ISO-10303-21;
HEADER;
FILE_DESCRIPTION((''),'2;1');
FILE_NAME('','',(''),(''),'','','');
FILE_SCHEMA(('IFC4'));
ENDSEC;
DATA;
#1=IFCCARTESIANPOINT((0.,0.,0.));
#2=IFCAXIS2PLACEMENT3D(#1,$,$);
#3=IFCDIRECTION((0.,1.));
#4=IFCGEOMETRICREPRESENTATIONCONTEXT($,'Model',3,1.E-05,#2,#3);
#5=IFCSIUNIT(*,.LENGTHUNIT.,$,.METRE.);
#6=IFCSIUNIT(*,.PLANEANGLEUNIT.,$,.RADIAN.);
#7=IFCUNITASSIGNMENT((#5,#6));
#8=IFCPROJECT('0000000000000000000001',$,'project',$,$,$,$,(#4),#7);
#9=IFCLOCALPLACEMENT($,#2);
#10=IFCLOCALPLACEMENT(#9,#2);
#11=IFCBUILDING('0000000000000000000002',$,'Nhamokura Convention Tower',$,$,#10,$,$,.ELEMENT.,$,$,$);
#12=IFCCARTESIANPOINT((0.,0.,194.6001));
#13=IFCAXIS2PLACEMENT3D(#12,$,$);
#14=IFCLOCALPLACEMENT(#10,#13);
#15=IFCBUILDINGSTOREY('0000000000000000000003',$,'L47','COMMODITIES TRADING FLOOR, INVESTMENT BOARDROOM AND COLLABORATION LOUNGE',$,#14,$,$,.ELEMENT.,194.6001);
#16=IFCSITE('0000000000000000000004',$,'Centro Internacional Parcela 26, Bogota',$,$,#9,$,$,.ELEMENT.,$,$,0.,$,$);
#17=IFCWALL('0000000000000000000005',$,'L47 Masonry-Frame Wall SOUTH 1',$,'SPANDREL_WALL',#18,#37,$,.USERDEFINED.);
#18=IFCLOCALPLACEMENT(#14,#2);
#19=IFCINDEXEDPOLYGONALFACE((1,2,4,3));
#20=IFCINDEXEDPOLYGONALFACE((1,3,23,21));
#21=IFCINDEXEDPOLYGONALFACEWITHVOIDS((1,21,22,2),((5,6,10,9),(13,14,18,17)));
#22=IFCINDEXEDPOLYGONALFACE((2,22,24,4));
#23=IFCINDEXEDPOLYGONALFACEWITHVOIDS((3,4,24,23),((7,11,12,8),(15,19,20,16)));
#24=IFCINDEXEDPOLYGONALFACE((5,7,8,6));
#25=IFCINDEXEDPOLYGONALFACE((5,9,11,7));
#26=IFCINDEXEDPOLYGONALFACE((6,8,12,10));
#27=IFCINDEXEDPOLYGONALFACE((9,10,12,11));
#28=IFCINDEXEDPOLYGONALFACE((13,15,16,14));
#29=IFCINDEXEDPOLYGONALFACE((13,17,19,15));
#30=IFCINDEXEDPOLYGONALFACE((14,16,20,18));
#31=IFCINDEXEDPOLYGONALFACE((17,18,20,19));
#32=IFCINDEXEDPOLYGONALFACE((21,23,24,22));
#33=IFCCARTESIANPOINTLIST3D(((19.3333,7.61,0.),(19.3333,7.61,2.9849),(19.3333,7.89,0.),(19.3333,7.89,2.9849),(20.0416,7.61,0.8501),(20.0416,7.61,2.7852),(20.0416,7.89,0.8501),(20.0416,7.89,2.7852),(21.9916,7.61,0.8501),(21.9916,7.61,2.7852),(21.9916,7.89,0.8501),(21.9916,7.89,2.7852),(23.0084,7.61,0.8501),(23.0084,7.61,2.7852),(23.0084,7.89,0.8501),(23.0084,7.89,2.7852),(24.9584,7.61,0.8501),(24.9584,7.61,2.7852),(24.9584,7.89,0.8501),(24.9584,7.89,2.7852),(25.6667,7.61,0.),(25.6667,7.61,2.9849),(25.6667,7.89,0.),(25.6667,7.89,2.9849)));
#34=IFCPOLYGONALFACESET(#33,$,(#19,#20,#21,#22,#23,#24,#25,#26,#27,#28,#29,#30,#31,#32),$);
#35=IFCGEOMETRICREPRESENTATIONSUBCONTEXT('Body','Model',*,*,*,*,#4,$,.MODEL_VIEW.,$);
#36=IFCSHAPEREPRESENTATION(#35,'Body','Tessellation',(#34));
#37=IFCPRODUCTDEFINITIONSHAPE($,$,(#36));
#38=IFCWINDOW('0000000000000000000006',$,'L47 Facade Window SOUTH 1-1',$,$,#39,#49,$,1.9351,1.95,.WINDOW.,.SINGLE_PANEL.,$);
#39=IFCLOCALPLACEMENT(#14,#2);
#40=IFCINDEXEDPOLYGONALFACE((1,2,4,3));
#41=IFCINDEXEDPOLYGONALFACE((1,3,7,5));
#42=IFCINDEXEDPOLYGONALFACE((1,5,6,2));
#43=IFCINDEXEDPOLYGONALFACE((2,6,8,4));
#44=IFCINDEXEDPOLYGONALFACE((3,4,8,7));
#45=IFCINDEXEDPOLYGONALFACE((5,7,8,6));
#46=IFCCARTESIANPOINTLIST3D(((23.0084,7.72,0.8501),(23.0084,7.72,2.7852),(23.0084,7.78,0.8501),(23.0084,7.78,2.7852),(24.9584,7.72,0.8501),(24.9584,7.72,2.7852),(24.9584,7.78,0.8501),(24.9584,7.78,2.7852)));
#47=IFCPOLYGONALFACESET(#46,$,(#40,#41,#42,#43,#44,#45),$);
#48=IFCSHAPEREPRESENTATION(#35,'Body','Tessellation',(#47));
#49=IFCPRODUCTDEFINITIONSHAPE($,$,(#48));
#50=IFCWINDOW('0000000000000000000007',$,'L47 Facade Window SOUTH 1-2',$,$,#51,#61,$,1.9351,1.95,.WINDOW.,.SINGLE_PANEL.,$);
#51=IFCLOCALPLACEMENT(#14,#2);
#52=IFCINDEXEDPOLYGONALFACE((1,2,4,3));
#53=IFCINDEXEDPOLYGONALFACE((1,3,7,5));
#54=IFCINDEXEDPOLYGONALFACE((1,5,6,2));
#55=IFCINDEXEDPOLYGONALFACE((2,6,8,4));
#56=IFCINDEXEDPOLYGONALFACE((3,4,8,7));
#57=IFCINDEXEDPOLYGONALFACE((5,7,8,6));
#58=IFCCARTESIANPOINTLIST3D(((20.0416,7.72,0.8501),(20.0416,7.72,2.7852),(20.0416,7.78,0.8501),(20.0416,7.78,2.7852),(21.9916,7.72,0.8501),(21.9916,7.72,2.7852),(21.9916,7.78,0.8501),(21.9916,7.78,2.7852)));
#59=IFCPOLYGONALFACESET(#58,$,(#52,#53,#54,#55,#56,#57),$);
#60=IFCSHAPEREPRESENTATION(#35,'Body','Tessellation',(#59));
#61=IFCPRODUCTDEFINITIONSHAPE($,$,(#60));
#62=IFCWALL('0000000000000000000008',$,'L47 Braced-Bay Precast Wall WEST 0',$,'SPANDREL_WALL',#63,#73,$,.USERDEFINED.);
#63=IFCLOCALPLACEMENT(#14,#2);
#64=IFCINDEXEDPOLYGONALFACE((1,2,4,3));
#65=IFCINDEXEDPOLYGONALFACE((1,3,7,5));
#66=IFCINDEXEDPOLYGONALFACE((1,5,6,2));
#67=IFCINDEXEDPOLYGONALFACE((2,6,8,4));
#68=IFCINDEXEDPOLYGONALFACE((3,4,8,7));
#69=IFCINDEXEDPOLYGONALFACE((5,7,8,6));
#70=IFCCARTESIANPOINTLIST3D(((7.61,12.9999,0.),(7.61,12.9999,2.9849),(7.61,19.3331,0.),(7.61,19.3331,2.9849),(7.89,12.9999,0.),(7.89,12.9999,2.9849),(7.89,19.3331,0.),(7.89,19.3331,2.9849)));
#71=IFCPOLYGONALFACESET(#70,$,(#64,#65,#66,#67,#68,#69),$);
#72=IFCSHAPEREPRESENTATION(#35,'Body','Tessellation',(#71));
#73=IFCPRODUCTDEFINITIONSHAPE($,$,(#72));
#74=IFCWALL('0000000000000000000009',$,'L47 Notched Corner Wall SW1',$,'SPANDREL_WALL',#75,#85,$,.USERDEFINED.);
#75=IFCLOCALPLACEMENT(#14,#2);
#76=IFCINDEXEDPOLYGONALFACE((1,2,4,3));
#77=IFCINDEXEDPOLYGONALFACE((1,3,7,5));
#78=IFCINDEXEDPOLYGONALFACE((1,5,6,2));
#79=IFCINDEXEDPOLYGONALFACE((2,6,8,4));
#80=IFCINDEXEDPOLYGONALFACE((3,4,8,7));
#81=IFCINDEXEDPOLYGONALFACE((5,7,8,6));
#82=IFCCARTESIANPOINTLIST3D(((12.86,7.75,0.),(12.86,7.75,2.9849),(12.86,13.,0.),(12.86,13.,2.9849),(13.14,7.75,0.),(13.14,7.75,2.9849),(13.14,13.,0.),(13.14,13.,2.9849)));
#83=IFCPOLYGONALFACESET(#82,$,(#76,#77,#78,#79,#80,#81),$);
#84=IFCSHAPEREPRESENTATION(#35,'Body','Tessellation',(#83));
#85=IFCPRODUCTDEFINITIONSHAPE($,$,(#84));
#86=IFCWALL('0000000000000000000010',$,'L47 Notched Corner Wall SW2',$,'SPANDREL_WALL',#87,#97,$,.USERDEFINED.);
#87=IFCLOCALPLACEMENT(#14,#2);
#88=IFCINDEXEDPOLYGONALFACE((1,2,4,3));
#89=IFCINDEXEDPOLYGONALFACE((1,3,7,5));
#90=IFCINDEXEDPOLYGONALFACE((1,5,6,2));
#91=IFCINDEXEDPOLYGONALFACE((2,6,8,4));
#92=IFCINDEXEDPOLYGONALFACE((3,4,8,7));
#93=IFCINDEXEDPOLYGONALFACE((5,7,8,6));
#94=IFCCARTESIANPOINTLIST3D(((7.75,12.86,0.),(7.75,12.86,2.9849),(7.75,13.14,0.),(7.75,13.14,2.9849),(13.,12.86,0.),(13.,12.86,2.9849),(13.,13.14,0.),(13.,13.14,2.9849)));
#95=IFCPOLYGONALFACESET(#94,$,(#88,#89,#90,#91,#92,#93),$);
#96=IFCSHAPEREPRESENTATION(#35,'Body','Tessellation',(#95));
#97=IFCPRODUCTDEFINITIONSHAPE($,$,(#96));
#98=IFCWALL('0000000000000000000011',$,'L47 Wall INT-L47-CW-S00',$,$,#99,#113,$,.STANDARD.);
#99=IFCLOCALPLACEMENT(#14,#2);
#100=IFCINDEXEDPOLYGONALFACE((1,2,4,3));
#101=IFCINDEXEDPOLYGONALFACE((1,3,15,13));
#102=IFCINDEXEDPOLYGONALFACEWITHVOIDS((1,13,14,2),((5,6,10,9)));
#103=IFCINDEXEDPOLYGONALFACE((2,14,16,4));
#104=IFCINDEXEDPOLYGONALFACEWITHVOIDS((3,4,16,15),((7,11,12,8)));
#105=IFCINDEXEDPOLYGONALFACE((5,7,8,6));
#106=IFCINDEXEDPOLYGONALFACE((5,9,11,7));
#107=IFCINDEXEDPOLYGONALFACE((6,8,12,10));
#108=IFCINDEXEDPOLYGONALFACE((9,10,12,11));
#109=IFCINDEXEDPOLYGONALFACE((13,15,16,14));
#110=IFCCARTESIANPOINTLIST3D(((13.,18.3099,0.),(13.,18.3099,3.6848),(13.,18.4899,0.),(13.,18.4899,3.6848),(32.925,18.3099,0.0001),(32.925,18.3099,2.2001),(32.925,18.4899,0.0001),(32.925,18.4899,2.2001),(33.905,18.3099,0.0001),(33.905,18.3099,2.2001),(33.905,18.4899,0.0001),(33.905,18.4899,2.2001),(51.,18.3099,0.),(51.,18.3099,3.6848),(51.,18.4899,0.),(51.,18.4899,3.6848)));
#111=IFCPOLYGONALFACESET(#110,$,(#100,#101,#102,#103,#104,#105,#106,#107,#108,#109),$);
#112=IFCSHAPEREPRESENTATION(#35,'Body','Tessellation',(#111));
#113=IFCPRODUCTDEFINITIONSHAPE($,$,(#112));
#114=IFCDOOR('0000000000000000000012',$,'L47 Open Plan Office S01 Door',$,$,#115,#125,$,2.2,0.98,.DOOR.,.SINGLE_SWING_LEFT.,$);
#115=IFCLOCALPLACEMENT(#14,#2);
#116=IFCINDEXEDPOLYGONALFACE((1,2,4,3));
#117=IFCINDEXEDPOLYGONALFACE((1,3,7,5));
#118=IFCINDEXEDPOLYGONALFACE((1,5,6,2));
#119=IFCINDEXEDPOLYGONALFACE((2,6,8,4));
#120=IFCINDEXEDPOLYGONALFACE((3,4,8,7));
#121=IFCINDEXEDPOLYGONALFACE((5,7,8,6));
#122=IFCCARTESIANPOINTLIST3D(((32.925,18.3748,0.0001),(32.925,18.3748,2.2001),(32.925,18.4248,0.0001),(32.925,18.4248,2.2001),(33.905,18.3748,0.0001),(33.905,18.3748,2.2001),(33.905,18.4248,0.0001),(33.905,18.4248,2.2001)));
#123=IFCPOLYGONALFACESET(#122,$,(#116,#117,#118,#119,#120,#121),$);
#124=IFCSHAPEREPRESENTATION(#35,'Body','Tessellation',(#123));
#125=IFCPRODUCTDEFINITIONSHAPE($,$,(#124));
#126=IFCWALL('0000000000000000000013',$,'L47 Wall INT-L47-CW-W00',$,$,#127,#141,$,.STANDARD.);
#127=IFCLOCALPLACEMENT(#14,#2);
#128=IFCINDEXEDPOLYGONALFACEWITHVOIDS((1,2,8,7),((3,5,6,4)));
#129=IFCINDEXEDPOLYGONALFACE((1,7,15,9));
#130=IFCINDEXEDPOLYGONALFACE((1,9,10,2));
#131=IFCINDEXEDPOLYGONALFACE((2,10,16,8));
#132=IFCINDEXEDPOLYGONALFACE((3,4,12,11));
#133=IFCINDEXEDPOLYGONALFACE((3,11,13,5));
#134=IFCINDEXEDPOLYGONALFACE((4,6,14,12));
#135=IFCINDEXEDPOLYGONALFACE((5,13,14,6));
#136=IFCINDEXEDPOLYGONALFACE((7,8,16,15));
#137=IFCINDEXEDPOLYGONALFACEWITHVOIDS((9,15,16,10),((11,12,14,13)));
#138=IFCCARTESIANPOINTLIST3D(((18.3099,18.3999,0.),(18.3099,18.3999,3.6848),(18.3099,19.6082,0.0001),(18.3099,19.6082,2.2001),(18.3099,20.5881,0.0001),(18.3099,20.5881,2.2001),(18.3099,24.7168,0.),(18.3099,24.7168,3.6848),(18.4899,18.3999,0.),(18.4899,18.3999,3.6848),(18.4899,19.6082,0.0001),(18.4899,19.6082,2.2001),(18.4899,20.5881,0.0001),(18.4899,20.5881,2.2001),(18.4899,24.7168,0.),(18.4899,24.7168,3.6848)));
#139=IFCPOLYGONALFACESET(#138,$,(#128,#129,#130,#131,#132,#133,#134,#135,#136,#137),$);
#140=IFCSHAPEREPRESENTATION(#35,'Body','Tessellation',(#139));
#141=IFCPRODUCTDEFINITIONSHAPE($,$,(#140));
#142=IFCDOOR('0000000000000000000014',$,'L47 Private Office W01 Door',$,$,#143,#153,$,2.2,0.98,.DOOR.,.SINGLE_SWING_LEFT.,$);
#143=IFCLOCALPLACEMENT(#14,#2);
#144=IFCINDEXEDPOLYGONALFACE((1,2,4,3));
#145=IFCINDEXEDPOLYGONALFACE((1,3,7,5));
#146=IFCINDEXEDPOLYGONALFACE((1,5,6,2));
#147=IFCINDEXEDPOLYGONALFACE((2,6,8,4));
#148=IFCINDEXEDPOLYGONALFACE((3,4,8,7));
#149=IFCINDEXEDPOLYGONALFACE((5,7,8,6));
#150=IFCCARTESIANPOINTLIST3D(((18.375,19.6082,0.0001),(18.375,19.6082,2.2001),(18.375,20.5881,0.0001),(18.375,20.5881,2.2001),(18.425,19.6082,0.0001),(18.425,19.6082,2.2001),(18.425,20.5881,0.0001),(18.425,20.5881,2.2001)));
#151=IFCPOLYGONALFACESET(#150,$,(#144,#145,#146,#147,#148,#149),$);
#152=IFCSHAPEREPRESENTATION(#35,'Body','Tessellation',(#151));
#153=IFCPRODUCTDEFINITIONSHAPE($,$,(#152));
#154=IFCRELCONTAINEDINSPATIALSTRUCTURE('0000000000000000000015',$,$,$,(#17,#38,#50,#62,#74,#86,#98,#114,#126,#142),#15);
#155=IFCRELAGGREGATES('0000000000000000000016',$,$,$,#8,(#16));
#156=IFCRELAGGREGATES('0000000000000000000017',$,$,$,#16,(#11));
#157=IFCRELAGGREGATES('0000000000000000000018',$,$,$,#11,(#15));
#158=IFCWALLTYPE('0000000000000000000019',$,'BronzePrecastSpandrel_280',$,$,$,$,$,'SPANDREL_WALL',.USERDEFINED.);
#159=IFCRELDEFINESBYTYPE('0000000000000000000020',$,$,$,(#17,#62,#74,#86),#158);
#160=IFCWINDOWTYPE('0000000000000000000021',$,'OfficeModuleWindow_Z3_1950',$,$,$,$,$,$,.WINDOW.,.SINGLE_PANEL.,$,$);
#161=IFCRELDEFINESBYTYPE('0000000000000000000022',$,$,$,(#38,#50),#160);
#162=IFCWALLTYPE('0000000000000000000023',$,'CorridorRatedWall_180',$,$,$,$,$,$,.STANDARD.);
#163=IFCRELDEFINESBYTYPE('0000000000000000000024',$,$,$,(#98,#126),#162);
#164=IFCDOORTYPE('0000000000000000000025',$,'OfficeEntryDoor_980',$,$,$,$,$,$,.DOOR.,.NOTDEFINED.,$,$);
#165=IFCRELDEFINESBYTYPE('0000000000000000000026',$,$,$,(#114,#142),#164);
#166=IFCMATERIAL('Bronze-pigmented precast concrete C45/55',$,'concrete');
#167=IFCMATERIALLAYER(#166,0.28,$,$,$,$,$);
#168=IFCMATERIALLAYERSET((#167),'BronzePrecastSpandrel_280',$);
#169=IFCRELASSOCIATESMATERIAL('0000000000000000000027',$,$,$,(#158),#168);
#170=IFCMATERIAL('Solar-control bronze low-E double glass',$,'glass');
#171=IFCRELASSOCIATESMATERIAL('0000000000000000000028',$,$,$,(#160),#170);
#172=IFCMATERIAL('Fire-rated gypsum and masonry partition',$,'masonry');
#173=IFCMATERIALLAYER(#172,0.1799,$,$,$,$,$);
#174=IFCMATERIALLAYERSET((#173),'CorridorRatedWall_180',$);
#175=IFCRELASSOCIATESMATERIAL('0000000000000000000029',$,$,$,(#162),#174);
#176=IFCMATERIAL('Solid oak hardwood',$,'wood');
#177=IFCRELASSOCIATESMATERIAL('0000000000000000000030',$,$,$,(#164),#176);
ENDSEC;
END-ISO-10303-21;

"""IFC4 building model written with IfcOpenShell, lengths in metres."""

from ifc_helpers import new_model, si_unit, direction, frame, frame_2d, origin, place, context, subcontext, project, spatial, rectangle, extrude, material, layer, layer_set, type_object, element, fill, save


model = new_model("IFC4")

# Units and contexts
model_context = context("Model", 3, precision=1e-05, world=origin(), true_north=direction((0.0, 1.0)))
body_context = subcontext(model_context, "Body", "Model", "MODEL_VIEW")
ifc_project = project(units=[si_unit("LENGTHUNIT", "METRE"), si_unit("PLANEANGLEUNIT", "RADIAN")], contexts=[model_context])

# Site, building, storey
site_placement = place(None, origin())
site = spatial("IfcSite", under=ifc_project, at=site_placement, Name="Centro Internacional Parcela 26, Bogota", CompositionType="ELEMENT", RefElevation=0.0)
building_placement = place(site_placement, origin())
building = spatial("IfcBuilding", under=site, at=building_placement, Name="Nhamokura Convention Tower", CompositionType="ELEMENT")
storey_placement = place(building_placement, frame((0.0, 0.0, 194.6001)))
storey = spatial("IfcBuildingStorey", under=building, at=storey_placement, Name="L47", Description="COMMODITIES TRADING FLOOR, INVESTMENT BOARDROOM AND COLLABORATION LOUNGE", CompositionType="ELEMENT", Elevation=194.6001)

# Shared definitions
ifc_material_1 = material(Name="Bronze-pigmented precast concrete C45/55", Category="concrete")
ifc_layer_1 = layer(ifc_material_1, 0.28)
ifc_layer_set_1 = layer_set([ifc_layer_1], Name="BronzePrecastSpandrel_280")
wall_type_1 = type_object("IfcWallType", Name="BronzePrecastSpandrel_280", ElementType="SPANDREL_WALL", PredefinedType="USERDEFINED", material=ifc_layer_set_1)

# Wall, openings, windows
wall_1_placement = place(storey_placement, frame((25.6667, 7.75, 0.0), z_axis=(0.0, 0.0, 1.0), x_axis=(-1.0, 0.0, 0.0)))
wall_1 = element("IfcWall", 1, at=wall_1_placement, inside=storey, type_object=wall_type_1, Name="L47 Masonry-Frame Wall SOUTH 1", ObjectType="SPANDREL_WALL", PredefinedType="USERDEFINED", context=body_context, shape_type="SweptSolid", body=[
    extrude(rectangle(XDim=6.3335, YDim=0.28, at=frame_2d((3.1667, 0.0))), origin(), (0.0, 0.0, 1.0), 2.9849),
])
opening_1_placement = place(wall_1_placement, frame((0.7083, 0.0, 0.8501)))
opening_1 = element("IfcOpeningElement", 2, at=opening_1_placement, cuts=wall_1, PredefinedType="OPENING", context=body_context, shape_type="SweptSolid", body=[
    extrude(rectangle(XDim=1.95, YDim=1.9351, at=frame_2d((0.9751, 0.9675))), frame((0.0, 0.1499, 0.0), z_axis=(0.0, -1.0, 0.0), x_axis=(1.0, 0.0, 0.0)), (0.0, 0.0, 1.0), 0.3),
])
opening_2_placement = place(wall_1_placement, frame((3.675, 0.0, 0.8501)))
opening_2 = element("IfcOpeningElement", 3, at=opening_2_placement, cuts=wall_1, PredefinedType="OPENING", context=body_context, shape_type="SweptSolid", body=[
    extrude(rectangle(XDim=1.95, YDim=1.9351, at=frame_2d((0.9751, 0.9675))), frame((0.0, 0.1499, 0.0), z_axis=(0.0, -1.0, 0.0), x_axis=(1.0, 0.0, 0.0)), (0.0, 0.0, 1.0), 0.3),
])
ifc_material_2 = material(Name="Solar-control bronze low-E double glass", Category="glass")
window_type = type_object("IfcWindowType", Name="OfficeModuleWindow_Z3_1950", PartitioningType="SINGLE_PANEL", PredefinedType="WINDOW", material=ifc_material_2)
window_1_placement = place(opening_1_placement, origin())
window_1 = element("IfcWindow", 4, at=window_1_placement, inside=storey, type_object=window_type, Name="L47 Facade Window SOUTH 1-1", OverallHeight=1.9351, OverallWidth=1.95, PartitioningType="SINGLE_PANEL", PredefinedType="WINDOW", context=body_context, shape_type="SweptSolid", body=[
    extrude(rectangle(XDim=1.95, YDim=1.9351, at=frame_2d((0.9751, 0.9675))), frame((0.0, 0.03, 0.0), z_axis=(0.0, -1.0, 0.0), x_axis=(1.0, 0.0, 0.0)), (0.0, 0.0, 1.0), 0.0601),
])
fill(opening_1, window_1)
window_2_placement = place(opening_2_placement, origin())
window_2 = element("IfcWindow", 5, at=window_2_placement, inside=storey, type_object=window_type, Name="L47 Facade Window SOUTH 1-2", OverallHeight=1.9351, OverallWidth=1.95, PartitioningType="SINGLE_PANEL", PredefinedType="WINDOW", context=body_context, shape_type="SweptSolid", body=[
    extrude(rectangle(XDim=1.95, YDim=1.9351, at=frame_2d((0.9751, 0.9675))), frame((0.0, 0.03, 0.0), z_axis=(0.0, -1.0, 0.0), x_axis=(1.0, 0.0, 0.0)), (0.0, 0.0, 1.0), 0.0601),
])
fill(opening_2, window_2)

# Walls
wall_2_placement = place(storey_placement, frame((7.75, 13.0, 0.0), z_axis=(0.0, 0.0, 1.0), x_axis=(0.0, 1.0, 0.0)))
element("IfcWall", 6, at=wall_2_placement, inside=storey, type_object=wall_type_1, Name="L47 Braced-Bay Precast Wall WEST 0", ObjectType="SPANDREL_WALL", PredefinedType="USERDEFINED", context=body_context, shape_type="SweptSolid", body=[
    extrude(rectangle(XDim=6.3333, YDim=0.28, at=frame_2d((3.1665, 0.0))), origin(), (0.0, 0.0, 1.0), 2.9849),
])
for number, where, z_axis, x_axis, name in (
    (7, (13.0, 7.75, 0.0), (0.0, 0.0, 1.0), (0.0, 1.0, 0.0), "L47 Notched Corner Wall SW1"),
    (8, (13.0, 13.0, 0.0), (0.0, 0.0, 1.0), (-1.0, 0.0, 0.0), "L47 Notched Corner Wall SW2"),
):
    element("IfcWall", number, at=place(storey_placement, frame(where, z_axis=z_axis, x_axis=x_axis)), inside=storey, type_object=wall_type_1, Name=name, ObjectType="SPANDREL_WALL", PredefinedType="USERDEFINED", context=body_context, shape_type="SweptSolid", body=[
        extrude(rectangle(XDim=5.25, YDim=0.28, at=frame_2d((2.625, 0.0))), origin(), (0.0, 0.0, 1.0), 2.9849),
    ])

# Walls, openings, doors
ifc_material_3 = material(Name="Fire-rated gypsum and masonry partition", Category="masonry")
ifc_layer_2 = layer(ifc_material_3, 0.1799)
ifc_layer_set_2 = layer_set([ifc_layer_2], Name="CorridorRatedWall_180")
wall_type_2 = type_object("IfcWallType", Name="CorridorRatedWall_180", PredefinedType="STANDARD", material=ifc_layer_set_2)
wall_3_placement = place(storey_placement, frame((13.0, 18.3999, 0.0), z_axis=(0.0, 0.0, 1.0), x_axis=(1.0, 0.0, 0.0)))
wall_3 = element("IfcWall", 9, at=wall_3_placement, inside=storey, type_object=wall_type_2, Name="L47 Wall INT-L47-CW-S00", PredefinedType="STANDARD", context=body_context, shape_type="SweptSolid", body=[
    extrude(rectangle(XDim=38.0, YDim=0.1799, at=frame_2d((19.0, 0.0))), origin(), (0.0, 0.0, 1.0), 3.6848),
])
opening_3_placement = place(wall_3_placement, frame((19.925, 0.0, 0.0)))
opening_3 = element("IfcOpeningElement", 10, at=opening_3_placement, cuts=wall_3, PredefinedType="OPENING", context=body_context, shape_type="SweptSolid", body=[
    extrude(rectangle(XDim=0.98, YDim=2.2, at=frame_2d((0.49, 1.1001))), frame((0.0, 0.0999, 0.0), z_axis=(0.0, -1.0, 0.0), x_axis=(1.0, 0.0, 0.0)), (0.0, 0.0, 1.0), 0.2),
])
ifc_material_4 = material(Name="Solid oak hardwood", Category="wood")
door_type = type_object("IfcDoorType", Name="OfficeEntryDoor_980", OperationType="NOTDEFINED", PredefinedType="DOOR", material=ifc_material_4)
door_1_placement = place(opening_3_placement, origin())
door_1 = element("IfcDoor", 11, at=door_1_placement, inside=storey, type_object=door_type, Name="L47 Open Plan Office S01 Door", OperationType="SINGLE_SWING_LEFT", OverallHeight=2.2, OverallWidth=0.98, PredefinedType="DOOR", context=body_context, shape_type="SweptSolid", body=[
    extrude(rectangle(XDim=0.98, YDim=2.2, at=frame_2d((0.49, 1.1001))), frame((0.0, 0.0249, 0.0), z_axis=(0.0, -1.0, 0.0), x_axis=(1.0, 0.0, 0.0)), (0.0, 0.0, 1.0), 0.05),
])
fill(opening_3, door_1)
wall_4_placement = place(storey_placement, frame((18.3999, 18.3999, 0.0), z_axis=(0.0, 0.0, 1.0), x_axis=(0.0, 1.0, 0.0)))
wall_4 = element("IfcWall", 12, at=wall_4_placement, inside=storey, type_object=wall_type_2, Name="L47 Wall INT-L47-CW-W00", PredefinedType="STANDARD", context=body_context, shape_type="SweptSolid", body=[
    extrude(rectangle(XDim=6.3169, YDim=0.1799, at=frame_2d((3.1584, 0.0))), origin(), (0.0, 0.0, 1.0), 3.6848),
])
opening_4_placement = place(wall_4_placement, frame((1.2083, 0.0, 0.0)))
opening_4 = element("IfcOpeningElement", 13, at=opening_4_placement, cuts=wall_4, PredefinedType="OPENING", context=body_context, shape_type="SweptSolid", body=[
    extrude(rectangle(XDim=0.98, YDim=2.2, at=frame_2d((0.49, 1.1001))), frame((0.0, 0.0999, 0.0), z_axis=(0.0, -1.0, 0.0), x_axis=(1.0, 0.0, 0.0)), (0.0, 0.0, 1.0), 0.2),
])
door_2_placement = place(opening_4_placement, origin())
door_2 = element("IfcDoor", 14, at=door_2_placement, inside=storey, type_object=door_type, Name="L47 Private Office W01 Door", OperationType="SINGLE_SWING_LEFT", OverallHeight=2.2, OverallWidth=0.98, PredefinedType="DOOR", context=body_context, shape_type="SweptSolid", body=[
    extrude(rectangle(XDim=0.98, YDim=2.2, at=frame_2d((0.49, 1.1001))), frame((0.0, 0.0249, 0.0), z_axis=(0.0, -1.0, 0.0), x_axis=(1.0, 0.0, 0.0)), (0.0, 0.0, 1.0), 0.05),
])
fill(opening_4, door_2)

save(model, "model.ifc")
